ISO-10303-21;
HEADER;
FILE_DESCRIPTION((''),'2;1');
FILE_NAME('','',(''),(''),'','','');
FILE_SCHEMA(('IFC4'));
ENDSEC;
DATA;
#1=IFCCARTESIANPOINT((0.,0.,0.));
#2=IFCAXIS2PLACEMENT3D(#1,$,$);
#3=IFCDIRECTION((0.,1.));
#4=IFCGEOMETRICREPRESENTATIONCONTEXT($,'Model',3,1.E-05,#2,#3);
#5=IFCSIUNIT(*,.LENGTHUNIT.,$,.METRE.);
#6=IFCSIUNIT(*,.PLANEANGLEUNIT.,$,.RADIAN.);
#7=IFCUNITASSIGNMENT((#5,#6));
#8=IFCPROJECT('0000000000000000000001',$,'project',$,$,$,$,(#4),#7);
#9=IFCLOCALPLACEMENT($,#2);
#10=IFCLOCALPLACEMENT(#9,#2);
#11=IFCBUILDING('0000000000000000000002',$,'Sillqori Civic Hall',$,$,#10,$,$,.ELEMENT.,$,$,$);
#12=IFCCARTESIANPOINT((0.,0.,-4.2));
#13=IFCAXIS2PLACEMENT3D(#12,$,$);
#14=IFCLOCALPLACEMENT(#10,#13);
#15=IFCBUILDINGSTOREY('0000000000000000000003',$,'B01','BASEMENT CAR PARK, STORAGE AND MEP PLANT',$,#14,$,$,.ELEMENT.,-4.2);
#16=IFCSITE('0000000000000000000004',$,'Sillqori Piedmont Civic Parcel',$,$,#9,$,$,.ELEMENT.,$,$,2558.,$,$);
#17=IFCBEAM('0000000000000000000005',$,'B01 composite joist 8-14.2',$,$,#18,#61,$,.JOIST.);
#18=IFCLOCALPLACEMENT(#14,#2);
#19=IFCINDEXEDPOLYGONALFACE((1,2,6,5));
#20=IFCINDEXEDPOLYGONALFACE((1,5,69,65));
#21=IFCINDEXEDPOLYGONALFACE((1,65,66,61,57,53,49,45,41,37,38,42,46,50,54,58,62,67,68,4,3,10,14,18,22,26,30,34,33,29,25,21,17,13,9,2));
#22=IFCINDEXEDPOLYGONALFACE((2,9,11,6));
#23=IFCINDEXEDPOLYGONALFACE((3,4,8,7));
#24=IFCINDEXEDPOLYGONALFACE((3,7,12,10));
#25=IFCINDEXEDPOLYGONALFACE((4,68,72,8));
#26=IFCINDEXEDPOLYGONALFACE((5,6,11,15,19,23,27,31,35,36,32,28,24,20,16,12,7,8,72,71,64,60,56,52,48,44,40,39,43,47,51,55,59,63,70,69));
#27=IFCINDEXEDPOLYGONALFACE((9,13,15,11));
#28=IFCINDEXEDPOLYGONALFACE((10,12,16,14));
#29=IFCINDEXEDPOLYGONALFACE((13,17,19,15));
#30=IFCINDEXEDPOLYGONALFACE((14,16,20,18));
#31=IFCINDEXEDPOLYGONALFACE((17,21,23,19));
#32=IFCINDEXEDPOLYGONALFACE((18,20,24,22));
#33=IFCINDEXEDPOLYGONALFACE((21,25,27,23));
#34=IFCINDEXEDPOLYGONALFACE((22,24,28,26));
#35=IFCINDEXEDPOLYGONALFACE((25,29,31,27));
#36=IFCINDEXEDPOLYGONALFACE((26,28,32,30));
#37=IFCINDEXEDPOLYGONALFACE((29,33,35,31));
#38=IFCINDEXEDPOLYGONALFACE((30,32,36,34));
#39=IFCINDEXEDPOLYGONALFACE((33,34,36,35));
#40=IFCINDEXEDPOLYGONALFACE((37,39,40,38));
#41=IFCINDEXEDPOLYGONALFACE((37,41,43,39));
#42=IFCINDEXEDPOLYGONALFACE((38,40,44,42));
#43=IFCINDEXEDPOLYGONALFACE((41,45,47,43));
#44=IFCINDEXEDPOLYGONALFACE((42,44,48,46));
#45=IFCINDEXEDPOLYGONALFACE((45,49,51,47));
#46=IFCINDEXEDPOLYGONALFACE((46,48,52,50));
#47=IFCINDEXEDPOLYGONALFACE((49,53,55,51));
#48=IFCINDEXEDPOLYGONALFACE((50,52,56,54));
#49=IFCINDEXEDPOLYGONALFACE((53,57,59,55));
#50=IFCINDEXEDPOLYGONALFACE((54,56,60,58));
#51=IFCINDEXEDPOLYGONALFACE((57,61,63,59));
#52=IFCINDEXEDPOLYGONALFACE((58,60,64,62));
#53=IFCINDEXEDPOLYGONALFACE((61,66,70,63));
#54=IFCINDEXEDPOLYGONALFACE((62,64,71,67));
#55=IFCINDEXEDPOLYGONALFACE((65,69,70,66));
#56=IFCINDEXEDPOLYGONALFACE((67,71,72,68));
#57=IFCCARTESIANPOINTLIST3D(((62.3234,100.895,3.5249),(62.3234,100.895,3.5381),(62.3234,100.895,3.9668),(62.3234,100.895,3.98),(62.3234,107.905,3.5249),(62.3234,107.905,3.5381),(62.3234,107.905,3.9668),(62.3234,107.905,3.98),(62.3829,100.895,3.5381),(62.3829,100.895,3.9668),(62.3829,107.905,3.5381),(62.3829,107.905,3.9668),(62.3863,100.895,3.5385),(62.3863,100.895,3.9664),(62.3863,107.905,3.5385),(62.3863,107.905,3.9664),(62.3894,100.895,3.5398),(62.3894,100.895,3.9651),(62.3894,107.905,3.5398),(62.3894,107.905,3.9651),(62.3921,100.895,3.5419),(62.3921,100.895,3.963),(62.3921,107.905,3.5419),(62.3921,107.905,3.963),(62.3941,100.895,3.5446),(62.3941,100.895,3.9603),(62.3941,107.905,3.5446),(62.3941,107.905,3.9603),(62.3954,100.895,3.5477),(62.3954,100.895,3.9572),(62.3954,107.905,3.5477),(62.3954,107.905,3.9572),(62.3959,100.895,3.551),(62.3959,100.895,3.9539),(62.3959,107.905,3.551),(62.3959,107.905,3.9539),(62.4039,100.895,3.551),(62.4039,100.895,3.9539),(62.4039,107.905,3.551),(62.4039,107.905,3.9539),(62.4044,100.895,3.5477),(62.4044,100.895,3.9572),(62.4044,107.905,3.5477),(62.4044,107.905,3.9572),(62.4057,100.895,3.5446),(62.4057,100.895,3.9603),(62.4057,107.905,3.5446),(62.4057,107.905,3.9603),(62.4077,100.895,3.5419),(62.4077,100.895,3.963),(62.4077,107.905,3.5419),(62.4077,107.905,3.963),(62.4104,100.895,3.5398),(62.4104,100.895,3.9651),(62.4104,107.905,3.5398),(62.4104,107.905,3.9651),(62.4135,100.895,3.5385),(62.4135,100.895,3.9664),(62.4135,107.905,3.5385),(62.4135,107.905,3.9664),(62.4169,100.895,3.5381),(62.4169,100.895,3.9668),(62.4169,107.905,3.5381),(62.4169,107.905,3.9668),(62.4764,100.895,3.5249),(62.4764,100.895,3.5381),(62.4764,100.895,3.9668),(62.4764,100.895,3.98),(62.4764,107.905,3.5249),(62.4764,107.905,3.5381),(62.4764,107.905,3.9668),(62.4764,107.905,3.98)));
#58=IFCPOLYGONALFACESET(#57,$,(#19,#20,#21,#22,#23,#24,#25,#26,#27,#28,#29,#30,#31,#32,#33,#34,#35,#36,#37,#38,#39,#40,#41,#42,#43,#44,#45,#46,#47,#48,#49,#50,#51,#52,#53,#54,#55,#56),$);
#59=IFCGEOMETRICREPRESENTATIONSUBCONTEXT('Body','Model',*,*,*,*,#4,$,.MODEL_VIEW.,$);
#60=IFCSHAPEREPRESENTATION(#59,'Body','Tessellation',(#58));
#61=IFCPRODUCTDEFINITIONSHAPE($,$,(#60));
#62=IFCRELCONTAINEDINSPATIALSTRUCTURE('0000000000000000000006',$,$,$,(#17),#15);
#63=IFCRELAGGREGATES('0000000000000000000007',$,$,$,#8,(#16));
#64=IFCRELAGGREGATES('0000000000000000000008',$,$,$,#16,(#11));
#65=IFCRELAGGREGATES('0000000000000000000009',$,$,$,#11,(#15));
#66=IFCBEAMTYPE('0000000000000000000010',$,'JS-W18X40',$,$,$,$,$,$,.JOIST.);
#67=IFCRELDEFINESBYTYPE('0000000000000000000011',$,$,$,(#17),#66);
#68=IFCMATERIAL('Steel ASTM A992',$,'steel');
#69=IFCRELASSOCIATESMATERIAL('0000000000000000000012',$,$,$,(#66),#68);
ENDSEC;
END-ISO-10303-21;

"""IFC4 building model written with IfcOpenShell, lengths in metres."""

from ifc_helpers import new_model, si_unit, direction, frame, origin, origin_2d, place, context, subcontext, project, spatial, i_section, extrude, material, material_profile, profile_set, type_object, element, save


model = new_model("IFC4")

# Units and contexts
model_context = context("Model", 3, precision=1e-05, world=origin(), true_north=direction((0.0, 1.0)))
body_context = subcontext(model_context, "Body", "Model", "MODEL_VIEW")
ifc_project = project(units=[si_unit("LENGTHUNIT", "METRE"), si_unit("PLANEANGLEUNIT", "RADIAN")], contexts=[model_context])

# Site, building, storey
site_placement = place(None, origin())
site = spatial("IfcSite", under=ifc_project, at=site_placement, Name="Sillqori Piedmont Civic Parcel", CompositionType="ELEMENT", RefElevation=2558.0)
building_placement = place(site_placement, origin())
building = spatial("IfcBuilding", under=site, at=building_placement, Name="Sillqori Civic Hall", CompositionType="ELEMENT")
storey_placement = place(building_placement, frame((0.0, 0.0, -4.2)))
storey = spatial("IfcBuildingStorey", under=building, at=storey_placement, Name="B01", Description="BASEMENT CAR PARK, STORAGE AND MEP PLANT", CompositionType="ELEMENT", Elevation=-4.2)

# Shared definitions
ifc_material_1 = material(Name="Steel ASTM A992", Category="steel")

# Beam
ifc_material_profile_1 = material_profile(ifc_material_1, i_section(OverallWidth=0.1531, OverallDepth=0.4551, WebThickness=0.0081, FlangeThickness=0.0132, FilletRadius=0.0129, at=origin_2d()), Name="W18X40")
ifc_profile_set_1 = profile_set([ifc_material_profile_1], Name="Steel ASTM A992")
beam_type_1 = type_object("IfcBeamType", Name="JS-W18X40", PredefinedType="JOIST", material=ifc_profile_set_1)
for number, where, z_axis, x_axis, name in (
    (1, (62.3999, 100.895, 3.7524), (0.0, 1.0, 0.0), (-1.0, 0.0, 0.0), "B01 composite joist 8-14.2"),
):
    element("IfcBeam", number, at=place(storey_placement, frame(where, z_axis=z_axis, x_axis=x_axis)), inside=storey, type_object=beam_type_1, Name=name, PredefinedType="JOIST", context=body_context, shape_type="SweptSolid", body=[
        extrude(i_section(OverallWidth=0.1531, OverallDepth=0.4551, WebThickness=0.0081, FlangeThickness=0.0132, FilletRadius=0.0129, at=origin_2d()), origin(), (0.0, 0.0, 1.0), 7.01),
    ])

save(model, "model.ifc")
